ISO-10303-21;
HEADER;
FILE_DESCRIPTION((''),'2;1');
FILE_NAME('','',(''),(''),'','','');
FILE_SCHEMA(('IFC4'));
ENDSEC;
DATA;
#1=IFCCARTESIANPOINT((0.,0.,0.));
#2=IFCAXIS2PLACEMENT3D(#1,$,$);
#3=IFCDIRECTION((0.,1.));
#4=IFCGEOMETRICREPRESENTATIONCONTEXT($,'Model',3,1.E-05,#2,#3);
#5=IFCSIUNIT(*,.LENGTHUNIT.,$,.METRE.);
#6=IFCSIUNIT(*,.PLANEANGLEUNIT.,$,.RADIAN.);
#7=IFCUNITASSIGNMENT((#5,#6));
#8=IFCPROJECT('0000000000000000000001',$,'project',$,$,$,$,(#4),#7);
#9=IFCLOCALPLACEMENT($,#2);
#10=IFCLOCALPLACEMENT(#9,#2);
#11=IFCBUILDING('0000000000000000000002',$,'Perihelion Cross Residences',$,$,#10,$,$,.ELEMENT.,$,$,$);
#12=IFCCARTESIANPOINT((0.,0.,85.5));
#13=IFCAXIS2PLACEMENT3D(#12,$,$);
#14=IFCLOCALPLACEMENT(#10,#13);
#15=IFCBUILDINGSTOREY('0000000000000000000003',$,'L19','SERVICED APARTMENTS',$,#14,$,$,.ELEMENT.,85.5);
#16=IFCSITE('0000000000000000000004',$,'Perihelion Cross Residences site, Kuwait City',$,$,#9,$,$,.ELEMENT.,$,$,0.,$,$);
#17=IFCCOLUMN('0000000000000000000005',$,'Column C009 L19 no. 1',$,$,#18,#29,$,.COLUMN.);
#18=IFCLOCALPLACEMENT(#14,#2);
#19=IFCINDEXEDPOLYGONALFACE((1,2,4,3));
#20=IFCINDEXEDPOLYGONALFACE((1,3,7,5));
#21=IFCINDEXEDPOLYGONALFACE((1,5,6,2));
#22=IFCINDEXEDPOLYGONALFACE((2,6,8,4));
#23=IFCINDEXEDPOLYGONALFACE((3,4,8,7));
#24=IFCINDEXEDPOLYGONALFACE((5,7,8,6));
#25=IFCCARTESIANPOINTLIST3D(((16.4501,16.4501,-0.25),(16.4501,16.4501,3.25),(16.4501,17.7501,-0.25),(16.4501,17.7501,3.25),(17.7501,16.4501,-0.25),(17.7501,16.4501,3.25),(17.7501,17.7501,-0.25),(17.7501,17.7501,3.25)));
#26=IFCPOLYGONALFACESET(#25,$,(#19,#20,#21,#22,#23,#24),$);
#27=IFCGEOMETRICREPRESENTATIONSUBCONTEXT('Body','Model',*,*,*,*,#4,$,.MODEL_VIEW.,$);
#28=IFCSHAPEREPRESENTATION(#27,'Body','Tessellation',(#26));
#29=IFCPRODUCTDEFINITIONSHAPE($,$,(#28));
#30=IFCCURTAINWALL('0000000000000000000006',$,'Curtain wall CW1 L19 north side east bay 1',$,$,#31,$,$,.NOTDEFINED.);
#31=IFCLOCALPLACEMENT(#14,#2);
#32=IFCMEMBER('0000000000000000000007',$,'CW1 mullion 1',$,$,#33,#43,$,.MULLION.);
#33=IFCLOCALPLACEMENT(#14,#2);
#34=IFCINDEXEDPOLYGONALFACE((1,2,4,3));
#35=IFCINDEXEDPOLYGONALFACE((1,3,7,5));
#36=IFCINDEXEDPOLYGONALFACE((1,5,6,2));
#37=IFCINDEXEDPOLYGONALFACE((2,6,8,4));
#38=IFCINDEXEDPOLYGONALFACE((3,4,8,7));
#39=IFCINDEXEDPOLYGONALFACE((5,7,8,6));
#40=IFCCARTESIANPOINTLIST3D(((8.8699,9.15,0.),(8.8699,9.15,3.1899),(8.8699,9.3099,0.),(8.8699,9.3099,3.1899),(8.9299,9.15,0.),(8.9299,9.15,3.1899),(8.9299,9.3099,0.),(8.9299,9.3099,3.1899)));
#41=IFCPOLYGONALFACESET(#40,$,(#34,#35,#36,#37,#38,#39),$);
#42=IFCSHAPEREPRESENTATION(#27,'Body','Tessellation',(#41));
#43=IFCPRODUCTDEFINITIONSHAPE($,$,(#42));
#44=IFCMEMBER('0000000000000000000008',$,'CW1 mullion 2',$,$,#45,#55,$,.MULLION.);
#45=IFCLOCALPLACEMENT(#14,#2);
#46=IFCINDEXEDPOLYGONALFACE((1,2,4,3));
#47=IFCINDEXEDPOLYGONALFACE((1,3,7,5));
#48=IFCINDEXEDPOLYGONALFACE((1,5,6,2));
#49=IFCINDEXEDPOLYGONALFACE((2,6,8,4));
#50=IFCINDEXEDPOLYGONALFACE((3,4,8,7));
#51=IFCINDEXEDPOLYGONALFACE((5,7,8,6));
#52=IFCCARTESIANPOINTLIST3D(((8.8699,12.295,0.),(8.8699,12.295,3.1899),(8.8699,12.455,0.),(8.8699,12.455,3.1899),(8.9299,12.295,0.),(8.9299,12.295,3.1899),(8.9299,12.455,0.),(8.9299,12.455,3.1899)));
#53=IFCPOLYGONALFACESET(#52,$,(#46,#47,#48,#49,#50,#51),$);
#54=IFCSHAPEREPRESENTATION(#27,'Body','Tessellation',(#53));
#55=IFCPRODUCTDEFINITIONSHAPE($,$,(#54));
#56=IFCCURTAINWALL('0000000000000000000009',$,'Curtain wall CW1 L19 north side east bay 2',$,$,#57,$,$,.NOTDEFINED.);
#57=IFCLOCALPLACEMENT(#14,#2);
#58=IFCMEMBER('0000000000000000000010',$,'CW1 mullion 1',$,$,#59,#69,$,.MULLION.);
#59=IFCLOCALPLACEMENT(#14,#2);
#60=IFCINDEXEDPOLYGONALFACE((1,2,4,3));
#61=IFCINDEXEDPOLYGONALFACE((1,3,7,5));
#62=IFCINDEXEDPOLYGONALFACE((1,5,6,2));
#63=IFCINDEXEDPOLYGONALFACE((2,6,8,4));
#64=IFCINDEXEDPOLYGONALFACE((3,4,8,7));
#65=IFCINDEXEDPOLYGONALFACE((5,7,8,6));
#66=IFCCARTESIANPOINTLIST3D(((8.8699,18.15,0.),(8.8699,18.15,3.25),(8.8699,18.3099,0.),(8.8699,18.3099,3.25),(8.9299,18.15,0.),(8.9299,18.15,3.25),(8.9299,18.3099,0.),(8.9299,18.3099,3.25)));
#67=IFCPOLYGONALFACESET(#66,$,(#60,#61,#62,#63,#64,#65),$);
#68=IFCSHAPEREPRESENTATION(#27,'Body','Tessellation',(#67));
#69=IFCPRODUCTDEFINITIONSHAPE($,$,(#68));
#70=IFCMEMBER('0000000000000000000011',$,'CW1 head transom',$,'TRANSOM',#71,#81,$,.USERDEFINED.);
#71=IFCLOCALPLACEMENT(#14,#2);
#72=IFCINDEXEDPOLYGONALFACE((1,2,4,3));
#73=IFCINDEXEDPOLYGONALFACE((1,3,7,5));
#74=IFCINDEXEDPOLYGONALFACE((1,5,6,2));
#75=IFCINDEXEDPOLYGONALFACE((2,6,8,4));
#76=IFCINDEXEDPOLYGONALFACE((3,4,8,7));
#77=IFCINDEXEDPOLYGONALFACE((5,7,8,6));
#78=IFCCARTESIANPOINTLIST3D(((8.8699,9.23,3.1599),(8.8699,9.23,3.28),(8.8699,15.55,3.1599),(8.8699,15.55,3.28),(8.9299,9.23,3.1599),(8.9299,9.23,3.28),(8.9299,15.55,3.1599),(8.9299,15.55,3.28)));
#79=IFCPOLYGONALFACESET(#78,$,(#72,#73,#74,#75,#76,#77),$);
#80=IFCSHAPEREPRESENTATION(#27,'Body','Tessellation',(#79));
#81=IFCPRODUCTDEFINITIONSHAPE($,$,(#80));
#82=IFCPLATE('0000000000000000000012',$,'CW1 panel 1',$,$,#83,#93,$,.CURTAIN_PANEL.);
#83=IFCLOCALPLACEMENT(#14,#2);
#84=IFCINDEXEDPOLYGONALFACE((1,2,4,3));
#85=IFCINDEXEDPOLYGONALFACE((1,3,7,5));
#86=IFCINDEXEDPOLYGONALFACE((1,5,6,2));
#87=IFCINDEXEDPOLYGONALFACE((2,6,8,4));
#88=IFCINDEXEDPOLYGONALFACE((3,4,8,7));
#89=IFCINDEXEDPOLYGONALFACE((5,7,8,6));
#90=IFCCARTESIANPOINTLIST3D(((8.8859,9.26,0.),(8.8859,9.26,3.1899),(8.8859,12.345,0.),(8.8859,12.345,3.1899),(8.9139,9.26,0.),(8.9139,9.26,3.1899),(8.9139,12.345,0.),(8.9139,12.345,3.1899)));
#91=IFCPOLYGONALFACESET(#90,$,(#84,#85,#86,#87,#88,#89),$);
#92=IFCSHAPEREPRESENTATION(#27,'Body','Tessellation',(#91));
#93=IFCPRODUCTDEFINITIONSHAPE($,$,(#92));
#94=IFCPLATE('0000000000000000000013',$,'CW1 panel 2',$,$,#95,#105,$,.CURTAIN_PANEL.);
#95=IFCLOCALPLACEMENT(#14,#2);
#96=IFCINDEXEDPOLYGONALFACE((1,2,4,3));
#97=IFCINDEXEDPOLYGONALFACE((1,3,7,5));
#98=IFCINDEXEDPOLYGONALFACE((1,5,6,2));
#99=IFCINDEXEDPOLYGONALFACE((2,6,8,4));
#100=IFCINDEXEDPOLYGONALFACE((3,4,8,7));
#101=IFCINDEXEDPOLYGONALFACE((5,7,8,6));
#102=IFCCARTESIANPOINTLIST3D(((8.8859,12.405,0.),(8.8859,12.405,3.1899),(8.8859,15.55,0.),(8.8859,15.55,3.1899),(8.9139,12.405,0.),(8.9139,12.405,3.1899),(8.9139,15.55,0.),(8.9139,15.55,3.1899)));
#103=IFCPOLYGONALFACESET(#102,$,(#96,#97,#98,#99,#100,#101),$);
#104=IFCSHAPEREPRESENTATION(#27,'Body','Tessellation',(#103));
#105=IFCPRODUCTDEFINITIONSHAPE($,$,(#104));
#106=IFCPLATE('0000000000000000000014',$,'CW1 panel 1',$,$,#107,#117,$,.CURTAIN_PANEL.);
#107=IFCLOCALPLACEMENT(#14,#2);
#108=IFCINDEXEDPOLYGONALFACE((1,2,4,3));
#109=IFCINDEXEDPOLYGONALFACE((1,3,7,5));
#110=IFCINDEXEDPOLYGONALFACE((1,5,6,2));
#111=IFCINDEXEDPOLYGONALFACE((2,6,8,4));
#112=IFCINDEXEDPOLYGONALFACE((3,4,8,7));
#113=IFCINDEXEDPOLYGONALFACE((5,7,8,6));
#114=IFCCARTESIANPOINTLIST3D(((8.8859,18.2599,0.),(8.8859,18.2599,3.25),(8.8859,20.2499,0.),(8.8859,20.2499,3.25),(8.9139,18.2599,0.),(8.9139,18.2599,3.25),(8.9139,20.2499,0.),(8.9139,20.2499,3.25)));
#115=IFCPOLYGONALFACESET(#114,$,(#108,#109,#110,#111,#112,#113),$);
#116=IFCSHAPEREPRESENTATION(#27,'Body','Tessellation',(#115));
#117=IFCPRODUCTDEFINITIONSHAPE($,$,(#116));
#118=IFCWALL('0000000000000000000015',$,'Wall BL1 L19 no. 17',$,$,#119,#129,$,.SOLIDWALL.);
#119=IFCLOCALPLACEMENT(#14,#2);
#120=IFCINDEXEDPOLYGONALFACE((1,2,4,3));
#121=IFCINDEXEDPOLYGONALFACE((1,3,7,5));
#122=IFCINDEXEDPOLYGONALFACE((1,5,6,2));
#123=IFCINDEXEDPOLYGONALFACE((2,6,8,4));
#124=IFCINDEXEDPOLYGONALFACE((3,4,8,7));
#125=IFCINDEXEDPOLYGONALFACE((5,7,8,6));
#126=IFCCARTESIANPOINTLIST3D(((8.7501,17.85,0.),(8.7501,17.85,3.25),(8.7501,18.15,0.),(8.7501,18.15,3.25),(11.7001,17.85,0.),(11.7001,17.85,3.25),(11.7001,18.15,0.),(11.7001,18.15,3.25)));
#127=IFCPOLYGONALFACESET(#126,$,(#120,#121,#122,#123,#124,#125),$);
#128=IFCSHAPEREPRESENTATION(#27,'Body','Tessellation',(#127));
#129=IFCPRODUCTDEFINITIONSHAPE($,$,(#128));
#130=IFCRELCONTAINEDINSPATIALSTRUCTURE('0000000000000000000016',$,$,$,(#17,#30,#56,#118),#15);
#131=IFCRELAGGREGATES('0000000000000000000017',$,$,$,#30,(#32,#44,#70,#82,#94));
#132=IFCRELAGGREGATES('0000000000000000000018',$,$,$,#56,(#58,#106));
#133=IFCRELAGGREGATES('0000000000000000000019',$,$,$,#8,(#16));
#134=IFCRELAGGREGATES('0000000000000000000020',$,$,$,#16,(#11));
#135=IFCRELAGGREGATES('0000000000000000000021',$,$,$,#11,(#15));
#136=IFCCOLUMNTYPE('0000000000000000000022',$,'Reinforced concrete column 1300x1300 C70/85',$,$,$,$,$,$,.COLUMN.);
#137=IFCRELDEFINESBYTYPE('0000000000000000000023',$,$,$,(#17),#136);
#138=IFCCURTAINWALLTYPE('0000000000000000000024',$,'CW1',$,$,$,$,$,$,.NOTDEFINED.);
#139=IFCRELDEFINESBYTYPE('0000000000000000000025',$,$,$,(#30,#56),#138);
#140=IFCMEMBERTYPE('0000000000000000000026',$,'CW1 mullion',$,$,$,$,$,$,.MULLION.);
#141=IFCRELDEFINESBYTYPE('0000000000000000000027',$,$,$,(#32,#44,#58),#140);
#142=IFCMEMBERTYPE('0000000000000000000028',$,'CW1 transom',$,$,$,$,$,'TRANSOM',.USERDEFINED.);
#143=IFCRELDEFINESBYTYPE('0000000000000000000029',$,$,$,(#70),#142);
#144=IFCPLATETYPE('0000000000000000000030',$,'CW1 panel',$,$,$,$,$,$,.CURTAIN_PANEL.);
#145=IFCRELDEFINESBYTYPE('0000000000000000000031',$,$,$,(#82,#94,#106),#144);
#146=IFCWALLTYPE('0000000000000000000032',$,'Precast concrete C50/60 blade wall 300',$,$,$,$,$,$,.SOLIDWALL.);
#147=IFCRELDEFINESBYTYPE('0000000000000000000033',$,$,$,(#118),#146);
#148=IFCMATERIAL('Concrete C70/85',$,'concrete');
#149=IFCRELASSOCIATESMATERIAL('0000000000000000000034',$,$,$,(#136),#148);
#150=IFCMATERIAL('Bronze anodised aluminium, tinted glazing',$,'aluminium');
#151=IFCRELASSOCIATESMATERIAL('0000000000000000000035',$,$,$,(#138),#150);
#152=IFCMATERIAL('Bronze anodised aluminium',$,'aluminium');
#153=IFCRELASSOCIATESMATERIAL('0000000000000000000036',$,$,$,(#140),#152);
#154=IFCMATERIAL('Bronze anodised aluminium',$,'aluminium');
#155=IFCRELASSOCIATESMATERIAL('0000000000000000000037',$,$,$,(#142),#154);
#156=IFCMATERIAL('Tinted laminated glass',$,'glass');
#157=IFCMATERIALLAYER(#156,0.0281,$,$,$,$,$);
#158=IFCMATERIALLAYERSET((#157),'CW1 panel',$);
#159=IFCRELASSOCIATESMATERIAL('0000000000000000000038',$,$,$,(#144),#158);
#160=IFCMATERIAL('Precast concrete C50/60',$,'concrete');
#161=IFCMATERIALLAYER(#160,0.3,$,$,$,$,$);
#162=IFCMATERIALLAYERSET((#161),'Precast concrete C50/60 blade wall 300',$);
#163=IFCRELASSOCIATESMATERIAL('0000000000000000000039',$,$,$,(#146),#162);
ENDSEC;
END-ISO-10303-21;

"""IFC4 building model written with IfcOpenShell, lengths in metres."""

from ifc_helpers import new_model, si_unit, direction, frame, frame_2d, origin, origin_2d, place, context, subcontext, project, spatial, rectangle, extrude, material, layer, layer_set, material_profile, profile_set, type_object, element, aggregate, save


model = new_model("IFC4")

# Units and contexts
model_context = context("Model", 3, precision=1e-05, world=origin(), true_north=direction((0.0, 1.0)))
body_context = subcontext(model_context, "Body", "Model", "MODEL_VIEW")
ifc_project = project(units=[si_unit("LENGTHUNIT", "METRE"), si_unit("PLANEANGLEUNIT", "RADIAN")], contexts=[model_context])

# Site, building, storey
site_placement = place(None, origin())
site = spatial("IfcSite", under=ifc_project, at=site_placement, Name="Perihelion Cross Residences site, Kuwait City", CompositionType="ELEMENT", RefElevation=0.0)
building_placement = place(site_placement, origin())
building = spatial("IfcBuilding", under=site, at=building_placement, Name="Perihelion Cross Residences", CompositionType="ELEMENT")
storey_placement = place(building_placement, frame((0.0, 0.0, 85.5)))
storey = spatial("IfcBuildingStorey", under=building, at=storey_placement, Name="L19", Description="SERVICED APARTMENTS", CompositionType="ELEMENT", Elevation=85.5)

# Column
ifc_material_1 = material(Name="Concrete C70/85", Category="concrete")
ifc_material_profile_1 = material_profile(ifc_material_1, rectangle(XDim=1.3, YDim=1.3, at=origin_2d()), Name="RC 1300x1300")
ifc_profile_set_1 = profile_set([ifc_material_profile_1], Name="Concrete C70/85")
column_type = type_object("IfcColumnType", Name="Reinforced concrete column 1300x1300 C70/85", PredefinedType="COLUMN", material=ifc_profile_set_1)
column_placement = place(storey_placement, frame((17.1001, 17.1001, -0.25), z_axis=(0.0, 0.0, 1.0), x_axis=(1.0, 0.0, 0.0)))
element("IfcColumn", 1, at=column_placement, inside=storey, type_object=column_type, Name="Column C009 L19 no. 1", PredefinedType="COLUMN", context=body_context, shape_type="SweptSolid", body=[
    extrude(rectangle(XDim=1.3, YDim=1.3, at=origin_2d()), origin(), (0.0, 0.0, 1.0), 3.5),
])

# Curtain wall, members
ifc_material_2 = material(Name="Bronze anodised aluminium, tinted glazing", Category="aluminium")
curtain_wall_type = type_object("IfcCurtainWallType", Name="CW1", PredefinedType="NOTDEFINED", material=ifc_material_2)
curtain_wall_1_placement = place(storey_placement, origin())
curtain_wall_1 = element("IfcCurtainWall", 2, at=curtain_wall_1_placement, inside=storey, type_object=curtain_wall_type, Name="Curtain wall CW1 L19 north side east bay 1", PredefinedType="NOTDEFINED")
ifc_material_3 = material(Name="Bronze anodised aluminium", Category="aluminium")
ifc_material_profile_2 = material_profile(ifc_material_3, rectangle(XDim=0.0601, YDim=0.1599, at=origin_2d()), Name="CW1 mullion")
ifc_profile_set_2 = profile_set([ifc_material_profile_2], Name="Bronze anodised aluminium")
member_type_1 = type_object("IfcMemberType", Name="CW1 mullion", PredefinedType="MULLION", material=ifc_profile_set_2)
member_1_placement = place(storey_placement, frame((8.8999, 9.23, 0.0), z_axis=(0.0, 0.0, 1.0), x_axis=(-1.0, 0.0, 0.0)))
member_1 = element("IfcMember", 3, at=member_1_placement, type_object=member_type_1, Name="CW1 mullion 1", PredefinedType="MULLION", context=body_context, shape_type="SweptSolid", body=[
    extrude(rectangle(XDim=0.0601, YDim=0.1599, at=origin_2d()), origin(), (0.0, 0.0, 1.0), 3.1899),
])
member_2_placement = place(storey_placement, frame((8.8999, 12.375, 0.0), z_axis=(0.0, 0.0, 1.0), x_axis=(-1.0, 0.0, 0.0)))
member_2 = element("IfcMember", 4, at=member_2_placement, type_object=member_type_1, Name="CW1 mullion 2", PredefinedType="MULLION", context=body_context, shape_type="SweptSolid", body=[
    extrude(rectangle(XDim=0.0601, YDim=0.1599, at=origin_2d()), origin(), (0.0, 0.0, 1.0), 3.1899),
])

# Curtain wall, member
curtain_wall_2_placement = place(storey_placement, origin())
curtain_wall_2 = element("IfcCurtainWall", 5, at=curtain_wall_2_placement, inside=storey, type_object=curtain_wall_type, Name="Curtain wall CW1 L19 north side east bay 2", PredefinedType="NOTDEFINED")
member_3_placement = place(storey_placement, frame((8.8999, 18.23, 0.0), z_axis=(0.0, 0.0, 1.0), x_axis=(-1.0, 0.0, 0.0)))
member_3 = element("IfcMember", 6, at=member_3_placement, type_object=member_type_1, Name="CW1 mullion 1", PredefinedType="MULLION", context=body_context, shape_type="SweptSolid", body=[
    extrude(rectangle(XDim=0.0601, YDim=0.1599, at=origin_2d()), origin(), (0.0, 0.0, 1.0), 3.25),
])

# Member
ifc_material_4 = material(Name="Bronze anodised aluminium", Category="aluminium")
ifc_material_profile_3 = material_profile(ifc_material_4, rectangle(XDim=0.0601, YDim=0.1201, at=origin_2d()), Name="CW1 transom")
ifc_profile_set_3 = profile_set([ifc_material_profile_3], Name="Bronze anodised aluminium")
member_type_2 = type_object("IfcMemberType", Name="CW1 transom", ElementType="TRANSOM", PredefinedType="USERDEFINED", material=ifc_profile_set_3)
member_4_placement = place(storey_placement, frame((8.8999, 9.23, 3.22), z_axis=(0.0, 1.0, 0.0), x_axis=(-1.0, 0.0, 0.0)))
member_4 = element("IfcMember", 7, at=member_4_placement, type_object=member_type_2, Name="CW1 head transom", ObjectType="TRANSOM", PredefinedType="USERDEFINED", context=body_context, shape_type="SweptSolid", body=[
    extrude(rectangle(XDim=0.0601, YDim=0.1201, at=origin_2d()), origin(), (0.0, 0.0, 1.0), 6.3201),
])

# Plates
ifc_material_5 = material(Name="Tinted laminated glass", Category="glass")
ifc_layer_1 = layer(ifc_material_5, 0.0281)
ifc_layer_set_1 = layer_set([ifc_layer_1], Name="CW1 panel")
plate_type = type_object("IfcPlateType", Name="CW1 panel", PredefinedType="CURTAIN_PANEL", material=ifc_layer_set_1)
plate_1_placement = place(storey_placement, frame((8.8999, 10.8025, 0.0), z_axis=(0.0, 0.0, 1.0), x_axis=(0.0, 1.0, 0.0)))
plate_1 = element("IfcPlate", 8, at=plate_1_placement, type_object=plate_type, Name="CW1 panel 1", PredefinedType="CURTAIN_PANEL", context=body_context, shape_type="SweptSolid", body=[
    extrude(rectangle(XDim=3.085, YDim=0.0281, at=origin_2d()), origin(), (0.0, 0.0, 1.0), 3.1899),
])
plate_2_placement = place(storey_placement, frame((8.8999, 13.9775, 0.0), z_axis=(0.0, 0.0, 1.0), x_axis=(0.0, 1.0, 0.0)))
plate_2 = element("IfcPlate", 9, at=plate_2_placement, type_object=plate_type, Name="CW1 panel 2", PredefinedType="CURTAIN_PANEL", context=body_context, shape_type="SweptSolid", body=[
    extrude(rectangle(XDim=3.145, YDim=0.0281, at=origin_2d()), origin(), (0.0, 0.0, 1.0), 3.1899),
])
aggregate(curtain_wall_1, [member_1, member_2, member_4, plate_1, plate_2])
plate_3_placement = place(storey_placement, frame((8.8999, 19.2549, 0.0), z_axis=(0.0, 0.0, 1.0), x_axis=(0.0, 1.0, 0.0)))
plate_3 = element("IfcPlate", 10, at=plate_3_placement, type_object=plate_type, Name="CW1 panel 1", PredefinedType="CURTAIN_PANEL", context=body_context, shape_type="SweptSolid", body=[
    extrude(rectangle(XDim=1.99, YDim=0.0281, at=origin_2d()), origin(), (0.0, 0.0, 1.0), 3.25),
])
aggregate(curtain_wall_2, [member_3, plate_3])

# Wall
ifc_material_6 = material(Name="Precast concrete C50/60", Category="concrete")
ifc_layer_2 = layer(ifc_material_6, 0.3)
ifc_layer_set_2 = layer_set([ifc_layer_2], Name="Precast concrete C50/60 blade wall 300")
wall_type_1 = type_object("IfcWallType", Name="Precast concrete C50/60 blade wall 300", PredefinedType="SOLIDWALL", material=ifc_layer_set_2)
wall_1_placement = place(storey_placement, frame((8.75, 18.0, 0.0), z_axis=(0.0, 0.0, 1.0), x_axis=(1.0, 0.0, 0.0)))
element("IfcWall", 11, at=wall_1_placement, inside=storey, type_object=wall_type_1, Name="Wall BL1 L19 no. 17", PredefinedType="SOLIDWALL", context=body_context, shape_type="SweptSolid", body=[
    extrude(rectangle(XDim=2.95, YDim=0.3, at=frame_2d((1.4751, 0.0))), origin(), (0.0, 0.0, 1.0), 3.25),
])

save(model, "model.ifc")
